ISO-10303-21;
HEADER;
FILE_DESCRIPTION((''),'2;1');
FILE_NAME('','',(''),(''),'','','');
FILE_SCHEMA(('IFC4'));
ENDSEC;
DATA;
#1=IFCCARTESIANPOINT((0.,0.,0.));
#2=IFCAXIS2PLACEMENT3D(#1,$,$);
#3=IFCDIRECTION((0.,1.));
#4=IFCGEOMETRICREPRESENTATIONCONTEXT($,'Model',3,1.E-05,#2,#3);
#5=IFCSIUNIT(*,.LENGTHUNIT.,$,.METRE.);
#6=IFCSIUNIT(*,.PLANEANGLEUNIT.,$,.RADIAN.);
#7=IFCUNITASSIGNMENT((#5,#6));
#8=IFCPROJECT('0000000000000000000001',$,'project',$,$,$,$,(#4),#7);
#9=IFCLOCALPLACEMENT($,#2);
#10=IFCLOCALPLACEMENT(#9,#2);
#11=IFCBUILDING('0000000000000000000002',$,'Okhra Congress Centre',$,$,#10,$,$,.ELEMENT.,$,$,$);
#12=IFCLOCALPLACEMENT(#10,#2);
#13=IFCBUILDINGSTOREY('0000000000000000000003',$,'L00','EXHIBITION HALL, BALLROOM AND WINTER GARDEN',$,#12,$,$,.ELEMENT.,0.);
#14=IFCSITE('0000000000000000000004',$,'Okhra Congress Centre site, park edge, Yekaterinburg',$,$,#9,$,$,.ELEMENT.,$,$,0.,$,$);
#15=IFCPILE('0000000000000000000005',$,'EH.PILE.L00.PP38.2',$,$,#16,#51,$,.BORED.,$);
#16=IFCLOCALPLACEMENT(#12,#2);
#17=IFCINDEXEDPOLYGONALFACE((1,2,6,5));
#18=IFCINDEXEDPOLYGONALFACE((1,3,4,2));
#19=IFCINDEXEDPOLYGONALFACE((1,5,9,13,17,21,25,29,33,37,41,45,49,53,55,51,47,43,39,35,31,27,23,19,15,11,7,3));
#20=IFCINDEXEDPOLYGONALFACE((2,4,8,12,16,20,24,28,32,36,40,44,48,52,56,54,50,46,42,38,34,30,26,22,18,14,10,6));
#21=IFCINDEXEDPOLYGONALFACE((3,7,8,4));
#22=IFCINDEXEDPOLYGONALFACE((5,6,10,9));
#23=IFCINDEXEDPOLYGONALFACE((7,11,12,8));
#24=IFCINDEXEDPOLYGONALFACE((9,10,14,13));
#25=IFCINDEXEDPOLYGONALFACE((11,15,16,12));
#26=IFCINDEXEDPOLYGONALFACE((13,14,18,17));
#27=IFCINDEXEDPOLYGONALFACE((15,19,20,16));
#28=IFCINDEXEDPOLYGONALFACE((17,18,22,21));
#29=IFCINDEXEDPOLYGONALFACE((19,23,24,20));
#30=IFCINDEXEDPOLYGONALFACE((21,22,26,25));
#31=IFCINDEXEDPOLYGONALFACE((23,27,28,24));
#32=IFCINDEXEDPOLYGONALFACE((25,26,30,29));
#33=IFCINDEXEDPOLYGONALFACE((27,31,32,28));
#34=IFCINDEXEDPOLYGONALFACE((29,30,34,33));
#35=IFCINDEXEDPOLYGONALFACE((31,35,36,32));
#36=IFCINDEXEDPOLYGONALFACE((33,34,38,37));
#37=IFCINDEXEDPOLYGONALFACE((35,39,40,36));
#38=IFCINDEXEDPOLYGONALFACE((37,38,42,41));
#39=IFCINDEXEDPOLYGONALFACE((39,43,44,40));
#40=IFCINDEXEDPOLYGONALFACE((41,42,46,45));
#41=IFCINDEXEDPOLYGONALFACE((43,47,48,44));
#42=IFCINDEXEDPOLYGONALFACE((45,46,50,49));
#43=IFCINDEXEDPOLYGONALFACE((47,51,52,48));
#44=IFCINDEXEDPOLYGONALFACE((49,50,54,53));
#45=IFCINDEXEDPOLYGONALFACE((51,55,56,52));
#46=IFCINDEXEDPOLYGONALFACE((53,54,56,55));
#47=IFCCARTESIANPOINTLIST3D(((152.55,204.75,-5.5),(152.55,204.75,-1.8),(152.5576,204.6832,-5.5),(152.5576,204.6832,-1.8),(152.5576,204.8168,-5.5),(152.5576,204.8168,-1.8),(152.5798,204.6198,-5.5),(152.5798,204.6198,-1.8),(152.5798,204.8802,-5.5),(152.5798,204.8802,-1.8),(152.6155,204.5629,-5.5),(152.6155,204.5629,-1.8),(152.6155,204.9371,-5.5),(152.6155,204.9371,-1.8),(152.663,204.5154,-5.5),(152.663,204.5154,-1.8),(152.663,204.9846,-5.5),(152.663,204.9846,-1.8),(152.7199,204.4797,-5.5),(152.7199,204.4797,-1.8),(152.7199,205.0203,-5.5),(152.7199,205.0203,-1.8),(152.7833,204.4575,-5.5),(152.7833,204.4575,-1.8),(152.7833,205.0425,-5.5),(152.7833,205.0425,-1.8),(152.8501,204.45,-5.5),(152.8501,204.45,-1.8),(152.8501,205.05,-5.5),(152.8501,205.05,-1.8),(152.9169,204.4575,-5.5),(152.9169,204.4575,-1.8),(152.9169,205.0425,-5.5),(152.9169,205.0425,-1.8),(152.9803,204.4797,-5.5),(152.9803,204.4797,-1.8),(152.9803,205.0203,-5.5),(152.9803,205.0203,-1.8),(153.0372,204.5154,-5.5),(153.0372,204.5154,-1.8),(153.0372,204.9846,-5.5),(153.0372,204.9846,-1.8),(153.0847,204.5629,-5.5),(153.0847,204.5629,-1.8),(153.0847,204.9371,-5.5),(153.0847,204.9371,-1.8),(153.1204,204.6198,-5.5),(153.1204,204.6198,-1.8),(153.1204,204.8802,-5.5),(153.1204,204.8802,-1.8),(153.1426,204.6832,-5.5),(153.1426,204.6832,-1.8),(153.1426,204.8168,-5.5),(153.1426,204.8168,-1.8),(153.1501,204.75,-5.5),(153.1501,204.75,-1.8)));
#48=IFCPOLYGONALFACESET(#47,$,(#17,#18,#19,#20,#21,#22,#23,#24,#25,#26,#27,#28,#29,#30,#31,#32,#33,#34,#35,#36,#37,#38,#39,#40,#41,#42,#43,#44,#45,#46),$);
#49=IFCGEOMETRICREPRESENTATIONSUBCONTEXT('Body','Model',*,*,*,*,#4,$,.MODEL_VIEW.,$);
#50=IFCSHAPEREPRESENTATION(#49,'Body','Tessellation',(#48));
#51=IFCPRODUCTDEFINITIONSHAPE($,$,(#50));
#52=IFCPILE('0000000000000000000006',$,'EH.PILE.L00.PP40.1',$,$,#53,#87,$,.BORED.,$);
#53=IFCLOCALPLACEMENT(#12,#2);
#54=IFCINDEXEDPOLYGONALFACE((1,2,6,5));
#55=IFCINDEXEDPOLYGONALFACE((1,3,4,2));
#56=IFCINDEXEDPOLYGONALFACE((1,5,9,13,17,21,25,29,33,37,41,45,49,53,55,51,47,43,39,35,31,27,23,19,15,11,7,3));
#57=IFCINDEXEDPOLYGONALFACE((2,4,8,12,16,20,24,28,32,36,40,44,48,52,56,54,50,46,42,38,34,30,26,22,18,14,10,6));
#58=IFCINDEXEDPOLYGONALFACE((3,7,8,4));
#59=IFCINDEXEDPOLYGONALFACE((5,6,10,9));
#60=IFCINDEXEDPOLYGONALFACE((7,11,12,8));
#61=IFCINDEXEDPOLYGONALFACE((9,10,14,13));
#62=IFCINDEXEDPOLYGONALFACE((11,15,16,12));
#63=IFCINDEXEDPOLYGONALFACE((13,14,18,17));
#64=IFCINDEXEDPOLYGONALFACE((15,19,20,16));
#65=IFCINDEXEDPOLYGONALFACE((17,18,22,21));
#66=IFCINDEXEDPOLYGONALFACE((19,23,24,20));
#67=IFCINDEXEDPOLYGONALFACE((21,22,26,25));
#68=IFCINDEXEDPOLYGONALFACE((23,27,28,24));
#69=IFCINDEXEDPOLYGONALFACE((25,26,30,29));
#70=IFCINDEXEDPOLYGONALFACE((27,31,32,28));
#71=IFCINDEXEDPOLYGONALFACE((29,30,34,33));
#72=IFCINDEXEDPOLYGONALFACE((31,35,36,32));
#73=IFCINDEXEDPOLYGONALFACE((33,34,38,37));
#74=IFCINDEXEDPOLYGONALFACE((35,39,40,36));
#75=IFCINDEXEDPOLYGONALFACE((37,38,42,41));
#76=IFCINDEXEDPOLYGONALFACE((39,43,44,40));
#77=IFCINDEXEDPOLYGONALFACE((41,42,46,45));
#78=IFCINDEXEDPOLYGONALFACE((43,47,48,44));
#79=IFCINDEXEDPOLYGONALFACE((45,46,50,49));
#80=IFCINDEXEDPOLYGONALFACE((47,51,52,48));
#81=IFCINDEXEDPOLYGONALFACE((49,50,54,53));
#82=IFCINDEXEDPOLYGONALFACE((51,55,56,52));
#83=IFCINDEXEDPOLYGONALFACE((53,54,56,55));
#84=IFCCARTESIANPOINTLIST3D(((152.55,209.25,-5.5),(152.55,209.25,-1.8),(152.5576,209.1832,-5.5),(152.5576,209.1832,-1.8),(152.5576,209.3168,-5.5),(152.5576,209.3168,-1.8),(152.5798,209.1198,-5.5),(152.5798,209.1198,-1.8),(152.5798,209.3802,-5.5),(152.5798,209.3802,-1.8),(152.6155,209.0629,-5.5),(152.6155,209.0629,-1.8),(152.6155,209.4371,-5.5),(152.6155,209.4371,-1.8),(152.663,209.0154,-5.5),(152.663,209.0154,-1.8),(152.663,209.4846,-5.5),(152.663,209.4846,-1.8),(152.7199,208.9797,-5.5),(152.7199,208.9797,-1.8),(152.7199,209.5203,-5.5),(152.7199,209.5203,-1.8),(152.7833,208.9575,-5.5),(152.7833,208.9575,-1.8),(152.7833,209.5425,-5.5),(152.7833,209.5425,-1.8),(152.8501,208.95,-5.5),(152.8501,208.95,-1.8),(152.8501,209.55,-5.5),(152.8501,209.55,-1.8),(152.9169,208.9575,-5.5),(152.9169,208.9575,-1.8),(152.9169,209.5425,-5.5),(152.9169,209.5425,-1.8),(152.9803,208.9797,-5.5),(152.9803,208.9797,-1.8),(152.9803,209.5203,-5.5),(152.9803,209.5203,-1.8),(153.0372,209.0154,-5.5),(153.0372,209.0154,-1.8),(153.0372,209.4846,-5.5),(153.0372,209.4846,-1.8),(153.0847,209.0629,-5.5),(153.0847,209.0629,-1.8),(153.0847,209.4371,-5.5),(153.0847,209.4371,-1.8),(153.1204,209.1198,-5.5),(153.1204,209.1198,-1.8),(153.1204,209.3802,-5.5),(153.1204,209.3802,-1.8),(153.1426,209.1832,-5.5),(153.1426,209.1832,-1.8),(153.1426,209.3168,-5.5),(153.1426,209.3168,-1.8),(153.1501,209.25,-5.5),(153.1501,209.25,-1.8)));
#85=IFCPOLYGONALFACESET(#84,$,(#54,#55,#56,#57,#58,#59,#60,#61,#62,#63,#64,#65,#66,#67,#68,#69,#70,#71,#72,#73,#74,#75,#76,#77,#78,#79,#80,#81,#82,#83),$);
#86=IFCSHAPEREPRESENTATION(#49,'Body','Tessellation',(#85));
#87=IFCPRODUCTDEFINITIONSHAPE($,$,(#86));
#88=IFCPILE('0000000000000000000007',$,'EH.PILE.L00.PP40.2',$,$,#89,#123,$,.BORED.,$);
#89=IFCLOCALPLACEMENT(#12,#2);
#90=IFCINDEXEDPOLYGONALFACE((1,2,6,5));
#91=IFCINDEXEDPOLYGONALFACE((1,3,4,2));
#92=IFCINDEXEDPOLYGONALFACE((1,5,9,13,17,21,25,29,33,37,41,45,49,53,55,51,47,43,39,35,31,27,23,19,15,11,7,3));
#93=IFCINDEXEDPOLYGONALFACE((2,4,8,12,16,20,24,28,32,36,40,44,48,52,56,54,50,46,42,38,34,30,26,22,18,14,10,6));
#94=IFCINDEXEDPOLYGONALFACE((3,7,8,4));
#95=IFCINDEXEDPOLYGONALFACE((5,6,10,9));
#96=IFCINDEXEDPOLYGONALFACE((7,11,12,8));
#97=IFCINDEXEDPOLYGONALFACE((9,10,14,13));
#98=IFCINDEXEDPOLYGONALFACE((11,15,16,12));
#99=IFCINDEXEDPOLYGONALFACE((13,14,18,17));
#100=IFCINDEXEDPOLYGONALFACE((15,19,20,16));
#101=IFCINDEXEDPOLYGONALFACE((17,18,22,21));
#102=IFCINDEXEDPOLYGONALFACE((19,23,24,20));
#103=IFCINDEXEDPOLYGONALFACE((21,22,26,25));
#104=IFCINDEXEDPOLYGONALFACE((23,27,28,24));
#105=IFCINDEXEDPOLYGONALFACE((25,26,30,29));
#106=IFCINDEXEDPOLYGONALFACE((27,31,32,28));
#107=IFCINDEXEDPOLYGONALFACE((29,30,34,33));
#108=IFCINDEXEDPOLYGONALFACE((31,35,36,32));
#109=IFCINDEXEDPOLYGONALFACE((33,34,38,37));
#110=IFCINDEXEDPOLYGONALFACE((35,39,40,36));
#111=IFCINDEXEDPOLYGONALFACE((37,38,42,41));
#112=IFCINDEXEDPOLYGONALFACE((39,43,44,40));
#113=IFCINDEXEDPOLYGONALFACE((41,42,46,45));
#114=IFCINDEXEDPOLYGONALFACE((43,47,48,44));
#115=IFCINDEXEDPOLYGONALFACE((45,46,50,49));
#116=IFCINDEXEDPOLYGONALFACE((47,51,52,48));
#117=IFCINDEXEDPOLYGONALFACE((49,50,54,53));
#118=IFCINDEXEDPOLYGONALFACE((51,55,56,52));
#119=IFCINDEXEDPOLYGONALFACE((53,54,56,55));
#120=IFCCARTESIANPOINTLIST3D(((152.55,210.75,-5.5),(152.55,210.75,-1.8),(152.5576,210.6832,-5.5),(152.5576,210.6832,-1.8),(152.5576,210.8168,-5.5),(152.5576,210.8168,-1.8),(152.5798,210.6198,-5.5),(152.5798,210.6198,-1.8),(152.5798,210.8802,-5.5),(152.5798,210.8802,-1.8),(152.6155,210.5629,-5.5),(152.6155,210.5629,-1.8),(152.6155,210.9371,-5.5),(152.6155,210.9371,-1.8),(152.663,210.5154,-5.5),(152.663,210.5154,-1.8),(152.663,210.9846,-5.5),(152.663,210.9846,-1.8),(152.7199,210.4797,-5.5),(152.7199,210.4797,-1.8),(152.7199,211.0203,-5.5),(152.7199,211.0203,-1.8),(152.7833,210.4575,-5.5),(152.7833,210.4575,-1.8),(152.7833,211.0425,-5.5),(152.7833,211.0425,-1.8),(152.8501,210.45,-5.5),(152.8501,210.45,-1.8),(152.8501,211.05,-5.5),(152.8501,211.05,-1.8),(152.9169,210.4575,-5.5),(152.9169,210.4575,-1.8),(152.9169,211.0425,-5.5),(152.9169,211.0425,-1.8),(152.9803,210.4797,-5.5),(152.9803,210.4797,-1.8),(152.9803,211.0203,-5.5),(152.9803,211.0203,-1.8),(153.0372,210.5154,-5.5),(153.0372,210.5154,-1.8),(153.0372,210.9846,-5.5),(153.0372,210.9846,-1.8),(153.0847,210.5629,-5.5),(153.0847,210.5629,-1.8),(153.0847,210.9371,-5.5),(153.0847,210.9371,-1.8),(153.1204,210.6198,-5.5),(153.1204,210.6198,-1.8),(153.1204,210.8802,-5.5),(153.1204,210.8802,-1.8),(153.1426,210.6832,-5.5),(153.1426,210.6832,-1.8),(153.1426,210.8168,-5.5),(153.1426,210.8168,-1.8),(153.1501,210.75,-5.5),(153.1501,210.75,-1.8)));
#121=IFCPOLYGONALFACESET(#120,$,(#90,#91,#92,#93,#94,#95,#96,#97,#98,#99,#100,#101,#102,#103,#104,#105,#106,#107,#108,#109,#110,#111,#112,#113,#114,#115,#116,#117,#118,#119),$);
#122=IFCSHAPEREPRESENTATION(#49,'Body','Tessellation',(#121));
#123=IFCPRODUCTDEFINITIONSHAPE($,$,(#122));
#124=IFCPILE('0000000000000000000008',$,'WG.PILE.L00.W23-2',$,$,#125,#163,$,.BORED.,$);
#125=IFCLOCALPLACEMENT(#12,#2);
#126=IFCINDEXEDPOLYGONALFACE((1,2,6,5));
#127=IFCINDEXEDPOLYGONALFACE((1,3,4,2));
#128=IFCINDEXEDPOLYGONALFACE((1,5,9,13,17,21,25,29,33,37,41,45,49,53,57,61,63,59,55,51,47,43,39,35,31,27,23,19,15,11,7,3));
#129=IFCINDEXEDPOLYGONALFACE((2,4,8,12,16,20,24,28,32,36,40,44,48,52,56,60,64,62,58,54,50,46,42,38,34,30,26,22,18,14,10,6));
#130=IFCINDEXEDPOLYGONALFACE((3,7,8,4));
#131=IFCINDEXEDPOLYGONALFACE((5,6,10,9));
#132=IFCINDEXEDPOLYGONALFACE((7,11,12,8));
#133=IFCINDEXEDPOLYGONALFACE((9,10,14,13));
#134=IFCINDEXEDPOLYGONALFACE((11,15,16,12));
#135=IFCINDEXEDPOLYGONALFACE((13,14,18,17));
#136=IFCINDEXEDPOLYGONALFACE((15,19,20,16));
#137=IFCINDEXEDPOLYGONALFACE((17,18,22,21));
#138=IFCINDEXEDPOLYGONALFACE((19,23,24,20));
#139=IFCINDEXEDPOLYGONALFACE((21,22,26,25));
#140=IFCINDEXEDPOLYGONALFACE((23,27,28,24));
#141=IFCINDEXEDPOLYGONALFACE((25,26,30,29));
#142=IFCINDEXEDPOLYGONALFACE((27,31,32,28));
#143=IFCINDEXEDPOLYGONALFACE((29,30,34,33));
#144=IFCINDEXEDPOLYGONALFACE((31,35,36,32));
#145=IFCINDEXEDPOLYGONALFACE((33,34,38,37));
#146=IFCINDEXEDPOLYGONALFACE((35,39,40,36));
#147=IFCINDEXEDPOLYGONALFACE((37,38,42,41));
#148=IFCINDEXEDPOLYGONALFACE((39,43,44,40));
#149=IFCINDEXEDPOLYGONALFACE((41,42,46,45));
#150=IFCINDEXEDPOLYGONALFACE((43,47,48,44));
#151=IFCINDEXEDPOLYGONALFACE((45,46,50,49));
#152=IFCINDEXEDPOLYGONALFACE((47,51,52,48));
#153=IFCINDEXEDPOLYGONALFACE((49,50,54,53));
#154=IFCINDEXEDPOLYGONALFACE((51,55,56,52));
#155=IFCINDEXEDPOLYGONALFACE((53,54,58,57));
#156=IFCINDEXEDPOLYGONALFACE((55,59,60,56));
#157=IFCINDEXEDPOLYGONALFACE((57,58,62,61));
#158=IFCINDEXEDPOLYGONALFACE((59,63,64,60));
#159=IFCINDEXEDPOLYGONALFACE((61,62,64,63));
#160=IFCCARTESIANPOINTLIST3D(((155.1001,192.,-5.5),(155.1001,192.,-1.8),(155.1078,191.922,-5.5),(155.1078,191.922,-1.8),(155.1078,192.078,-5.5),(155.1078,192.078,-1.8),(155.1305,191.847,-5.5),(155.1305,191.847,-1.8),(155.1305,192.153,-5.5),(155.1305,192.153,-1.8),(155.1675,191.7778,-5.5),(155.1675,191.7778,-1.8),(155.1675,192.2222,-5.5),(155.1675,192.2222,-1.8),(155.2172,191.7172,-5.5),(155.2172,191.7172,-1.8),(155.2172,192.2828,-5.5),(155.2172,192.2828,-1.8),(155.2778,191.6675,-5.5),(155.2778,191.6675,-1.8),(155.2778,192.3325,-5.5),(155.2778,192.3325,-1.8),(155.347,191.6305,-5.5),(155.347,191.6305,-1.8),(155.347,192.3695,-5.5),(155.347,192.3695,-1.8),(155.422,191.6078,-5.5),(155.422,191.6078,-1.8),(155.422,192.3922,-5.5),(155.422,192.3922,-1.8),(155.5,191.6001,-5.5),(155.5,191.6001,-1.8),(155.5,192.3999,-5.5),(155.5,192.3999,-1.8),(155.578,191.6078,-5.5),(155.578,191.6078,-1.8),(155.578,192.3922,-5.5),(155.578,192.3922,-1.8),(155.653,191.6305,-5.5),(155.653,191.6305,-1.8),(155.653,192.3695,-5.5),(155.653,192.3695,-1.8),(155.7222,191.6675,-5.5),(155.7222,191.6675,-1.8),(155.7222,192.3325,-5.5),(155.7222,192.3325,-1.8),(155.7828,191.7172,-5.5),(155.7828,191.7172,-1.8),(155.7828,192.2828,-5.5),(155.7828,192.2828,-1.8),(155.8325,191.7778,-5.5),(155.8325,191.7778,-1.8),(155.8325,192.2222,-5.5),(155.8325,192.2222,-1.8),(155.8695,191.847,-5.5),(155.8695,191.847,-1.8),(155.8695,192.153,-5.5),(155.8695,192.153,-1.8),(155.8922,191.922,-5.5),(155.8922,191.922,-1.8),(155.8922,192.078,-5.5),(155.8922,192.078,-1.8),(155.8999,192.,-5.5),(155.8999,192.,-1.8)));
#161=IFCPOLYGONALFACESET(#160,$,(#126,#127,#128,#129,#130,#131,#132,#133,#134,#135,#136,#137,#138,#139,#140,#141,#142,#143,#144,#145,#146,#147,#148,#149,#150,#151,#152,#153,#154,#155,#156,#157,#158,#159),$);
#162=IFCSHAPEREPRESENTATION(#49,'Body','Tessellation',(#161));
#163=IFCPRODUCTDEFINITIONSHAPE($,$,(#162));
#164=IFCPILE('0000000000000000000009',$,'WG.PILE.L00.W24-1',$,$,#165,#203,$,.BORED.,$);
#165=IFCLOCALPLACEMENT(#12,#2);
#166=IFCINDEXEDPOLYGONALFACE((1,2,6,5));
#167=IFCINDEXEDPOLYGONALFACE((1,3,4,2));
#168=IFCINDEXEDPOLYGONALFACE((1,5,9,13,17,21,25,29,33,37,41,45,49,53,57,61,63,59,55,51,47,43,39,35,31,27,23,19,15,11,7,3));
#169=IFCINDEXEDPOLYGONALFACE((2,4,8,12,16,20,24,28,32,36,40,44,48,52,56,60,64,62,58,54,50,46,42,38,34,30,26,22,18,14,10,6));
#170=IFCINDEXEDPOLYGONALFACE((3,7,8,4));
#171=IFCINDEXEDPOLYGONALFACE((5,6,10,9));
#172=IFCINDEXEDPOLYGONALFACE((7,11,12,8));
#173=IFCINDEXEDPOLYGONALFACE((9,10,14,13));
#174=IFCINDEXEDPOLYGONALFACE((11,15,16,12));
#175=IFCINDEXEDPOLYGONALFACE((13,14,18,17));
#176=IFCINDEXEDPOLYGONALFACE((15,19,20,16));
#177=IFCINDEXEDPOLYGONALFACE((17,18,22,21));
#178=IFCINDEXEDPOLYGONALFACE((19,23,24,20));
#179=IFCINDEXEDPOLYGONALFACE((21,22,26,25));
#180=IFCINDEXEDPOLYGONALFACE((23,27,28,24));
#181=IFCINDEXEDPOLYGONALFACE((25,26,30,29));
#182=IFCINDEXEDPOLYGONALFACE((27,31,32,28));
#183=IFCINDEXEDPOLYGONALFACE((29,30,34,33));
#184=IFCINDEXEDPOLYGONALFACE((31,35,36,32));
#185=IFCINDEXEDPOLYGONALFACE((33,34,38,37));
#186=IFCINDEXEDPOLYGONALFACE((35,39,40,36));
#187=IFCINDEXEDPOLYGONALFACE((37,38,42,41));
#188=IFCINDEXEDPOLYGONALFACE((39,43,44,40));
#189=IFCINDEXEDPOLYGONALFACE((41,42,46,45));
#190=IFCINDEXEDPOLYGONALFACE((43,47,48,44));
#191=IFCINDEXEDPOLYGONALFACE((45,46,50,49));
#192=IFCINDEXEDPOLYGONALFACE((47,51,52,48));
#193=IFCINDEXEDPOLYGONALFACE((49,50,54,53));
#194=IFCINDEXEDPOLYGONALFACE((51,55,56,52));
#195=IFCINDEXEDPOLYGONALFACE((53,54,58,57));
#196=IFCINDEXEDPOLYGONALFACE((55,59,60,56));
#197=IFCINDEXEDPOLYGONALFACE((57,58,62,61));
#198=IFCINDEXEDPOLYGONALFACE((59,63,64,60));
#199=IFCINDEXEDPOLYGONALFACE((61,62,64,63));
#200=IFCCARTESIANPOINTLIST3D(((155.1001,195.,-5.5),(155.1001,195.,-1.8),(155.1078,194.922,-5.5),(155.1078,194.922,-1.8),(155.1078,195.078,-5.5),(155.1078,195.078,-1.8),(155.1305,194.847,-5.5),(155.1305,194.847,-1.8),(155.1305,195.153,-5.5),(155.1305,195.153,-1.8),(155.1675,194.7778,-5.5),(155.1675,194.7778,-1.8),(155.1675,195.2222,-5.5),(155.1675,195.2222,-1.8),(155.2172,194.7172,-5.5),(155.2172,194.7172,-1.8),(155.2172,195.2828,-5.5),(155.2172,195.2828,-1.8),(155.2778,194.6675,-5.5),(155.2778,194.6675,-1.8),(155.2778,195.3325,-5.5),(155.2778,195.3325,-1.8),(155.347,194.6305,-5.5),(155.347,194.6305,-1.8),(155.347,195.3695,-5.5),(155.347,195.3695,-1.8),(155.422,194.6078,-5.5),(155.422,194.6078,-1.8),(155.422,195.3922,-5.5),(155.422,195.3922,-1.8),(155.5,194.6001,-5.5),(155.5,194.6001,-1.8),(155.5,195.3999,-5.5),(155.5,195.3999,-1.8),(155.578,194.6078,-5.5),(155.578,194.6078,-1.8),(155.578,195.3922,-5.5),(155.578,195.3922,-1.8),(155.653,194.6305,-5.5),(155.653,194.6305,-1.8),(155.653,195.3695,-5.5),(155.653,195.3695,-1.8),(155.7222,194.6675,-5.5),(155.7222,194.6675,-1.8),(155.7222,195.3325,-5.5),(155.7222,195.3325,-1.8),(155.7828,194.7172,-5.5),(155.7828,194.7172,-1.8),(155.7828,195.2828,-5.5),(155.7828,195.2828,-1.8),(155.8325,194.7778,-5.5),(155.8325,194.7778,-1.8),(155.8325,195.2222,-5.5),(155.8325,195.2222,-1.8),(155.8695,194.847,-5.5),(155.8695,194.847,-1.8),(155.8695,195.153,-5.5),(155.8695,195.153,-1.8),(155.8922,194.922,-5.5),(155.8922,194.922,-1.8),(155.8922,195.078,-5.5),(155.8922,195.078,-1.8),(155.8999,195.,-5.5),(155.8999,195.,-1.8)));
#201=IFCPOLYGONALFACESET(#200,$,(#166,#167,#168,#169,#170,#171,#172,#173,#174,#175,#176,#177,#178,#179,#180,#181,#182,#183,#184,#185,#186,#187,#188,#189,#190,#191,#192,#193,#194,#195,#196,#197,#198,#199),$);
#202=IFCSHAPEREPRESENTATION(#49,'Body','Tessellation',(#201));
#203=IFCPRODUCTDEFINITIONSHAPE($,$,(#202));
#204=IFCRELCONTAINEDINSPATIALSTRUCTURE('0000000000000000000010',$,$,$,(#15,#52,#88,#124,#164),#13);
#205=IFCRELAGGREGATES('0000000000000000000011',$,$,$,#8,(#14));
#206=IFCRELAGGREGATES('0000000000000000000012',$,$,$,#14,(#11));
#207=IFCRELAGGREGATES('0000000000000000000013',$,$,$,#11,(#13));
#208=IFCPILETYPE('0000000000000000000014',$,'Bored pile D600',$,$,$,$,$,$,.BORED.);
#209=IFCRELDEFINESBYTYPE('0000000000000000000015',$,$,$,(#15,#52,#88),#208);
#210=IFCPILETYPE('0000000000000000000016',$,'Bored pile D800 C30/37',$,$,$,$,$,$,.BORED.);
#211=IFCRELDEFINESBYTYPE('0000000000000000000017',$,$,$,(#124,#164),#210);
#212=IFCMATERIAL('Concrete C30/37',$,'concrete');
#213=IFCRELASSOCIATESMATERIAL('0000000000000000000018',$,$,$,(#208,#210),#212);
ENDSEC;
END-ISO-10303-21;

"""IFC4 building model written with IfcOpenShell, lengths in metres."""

from ifc_helpers import new_model, si_unit, direction, frame, origin, origin_2d, place, context, subcontext, project, spatial, circle, extrude, material, material_profile, profile_set, type_object, element, save


model = new_model("IFC4")

# Units and contexts
model_context = context("Model", 3, precision=1e-05, world=origin(), true_north=direction((0.0, 1.0)))
body_context = subcontext(model_context, "Body", "Model", "MODEL_VIEW")
ifc_project = project(units=[si_unit("LENGTHUNIT", "METRE"), si_unit("PLANEANGLEUNIT", "RADIAN")], contexts=[model_context])

# Site, building, storey
site_placement = place(None, origin())
site = spatial("IfcSite", under=ifc_project, at=site_placement, Name="Okhra Congress Centre site, park edge, Yekaterinburg", CompositionType="ELEMENT", RefElevation=0.0)
building_placement = place(site_placement, origin())
building = spatial("IfcBuilding", under=site, at=building_placement, Name="Okhra Congress Centre", CompositionType="ELEMENT")
storey_placement = place(building_placement, origin())
storey = spatial("IfcBuildingStorey", under=building, at=storey_placement, Name="L00", Description="EXHIBITION HALL, BALLROOM AND WINTER GARDEN", CompositionType="ELEMENT", Elevation=0.0)

# Piles
ifc_material_1 = material(Name="Concrete C30/37", Category="concrete")
ifc_material_profile_1 = material_profile(ifc_material_1, circle(Radius=0.3, at=origin_2d()), Name="D600")
ifc_profile_set_1 = profile_set([ifc_material_profile_1], Name="Concrete C30/37")
pile_type_1 = type_object("IfcPileType", Name="Bored pile D600", PredefinedType="BORED", material=ifc_profile_set_1)
for number, where, z_axis, x_axis, name in (
    (1, (152.8501, 204.75, -1.8), (0.0, 0.0, -1.0), (1.0, 0.0, 0.0), "EH.PILE.L00.PP38.2"),
    (2, (152.8501, 209.25, -1.8), (0.0, 0.0, -1.0), (1.0, 0.0, 0.0), "EH.PILE.L00.PP40.1"),
    (3, (152.8501, 210.75, -1.8), (0.0, 0.0, -1.0), (1.0, 0.0, 0.0), "EH.PILE.L00.PP40.2"),
):
    element("IfcPile", number, at=place(storey_placement, frame(where, z_axis=z_axis, x_axis=x_axis)), inside=storey, type_object=pile_type_1, Name=name, PredefinedType="BORED", context=body_context, shape_type="SweptSolid", body=[
        extrude(circle(Radius=0.3, at=origin_2d()), origin(), (0.0, 0.0, 1.0), 3.7),
    ])
ifc_material_profile_2 = material_profile(ifc_material_1, circle(Radius=0.3999, at=origin_2d()), Name="D800")
ifc_profile_set_2 = profile_set([ifc_material_profile_2], Name="Concrete C30/37")
pile_type_2 = type_object("IfcPileType", Name="Bored pile D800 C30/37", PredefinedType="BORED", material=ifc_profile_set_2)
for number, where, z_axis, x_axis, name in (
    (4, (155.5, 192.0, -1.8), (0.0, 0.0, -1.0), (1.0, 0.0, 0.0), "WG.PILE.L00.W23-2"),
    (5, (155.5, 195.0, -1.8), (0.0, 0.0, -1.0), (1.0, 0.0, 0.0), "WG.PILE.L00.W24-1"),
):
    element("IfcPile", number, at=place(storey_placement, frame(where, z_axis=z_axis, x_axis=x_axis)), inside=storey, type_object=pile_type_2, Name=name, PredefinedType="BORED", context=body_context, shape_type="SweptSolid", body=[
        extrude(circle(Radius=0.3999, at=origin_2d()), origin(), (0.0, 0.0, 1.0), 3.7),
    ])

save(model, "model.ifc")
